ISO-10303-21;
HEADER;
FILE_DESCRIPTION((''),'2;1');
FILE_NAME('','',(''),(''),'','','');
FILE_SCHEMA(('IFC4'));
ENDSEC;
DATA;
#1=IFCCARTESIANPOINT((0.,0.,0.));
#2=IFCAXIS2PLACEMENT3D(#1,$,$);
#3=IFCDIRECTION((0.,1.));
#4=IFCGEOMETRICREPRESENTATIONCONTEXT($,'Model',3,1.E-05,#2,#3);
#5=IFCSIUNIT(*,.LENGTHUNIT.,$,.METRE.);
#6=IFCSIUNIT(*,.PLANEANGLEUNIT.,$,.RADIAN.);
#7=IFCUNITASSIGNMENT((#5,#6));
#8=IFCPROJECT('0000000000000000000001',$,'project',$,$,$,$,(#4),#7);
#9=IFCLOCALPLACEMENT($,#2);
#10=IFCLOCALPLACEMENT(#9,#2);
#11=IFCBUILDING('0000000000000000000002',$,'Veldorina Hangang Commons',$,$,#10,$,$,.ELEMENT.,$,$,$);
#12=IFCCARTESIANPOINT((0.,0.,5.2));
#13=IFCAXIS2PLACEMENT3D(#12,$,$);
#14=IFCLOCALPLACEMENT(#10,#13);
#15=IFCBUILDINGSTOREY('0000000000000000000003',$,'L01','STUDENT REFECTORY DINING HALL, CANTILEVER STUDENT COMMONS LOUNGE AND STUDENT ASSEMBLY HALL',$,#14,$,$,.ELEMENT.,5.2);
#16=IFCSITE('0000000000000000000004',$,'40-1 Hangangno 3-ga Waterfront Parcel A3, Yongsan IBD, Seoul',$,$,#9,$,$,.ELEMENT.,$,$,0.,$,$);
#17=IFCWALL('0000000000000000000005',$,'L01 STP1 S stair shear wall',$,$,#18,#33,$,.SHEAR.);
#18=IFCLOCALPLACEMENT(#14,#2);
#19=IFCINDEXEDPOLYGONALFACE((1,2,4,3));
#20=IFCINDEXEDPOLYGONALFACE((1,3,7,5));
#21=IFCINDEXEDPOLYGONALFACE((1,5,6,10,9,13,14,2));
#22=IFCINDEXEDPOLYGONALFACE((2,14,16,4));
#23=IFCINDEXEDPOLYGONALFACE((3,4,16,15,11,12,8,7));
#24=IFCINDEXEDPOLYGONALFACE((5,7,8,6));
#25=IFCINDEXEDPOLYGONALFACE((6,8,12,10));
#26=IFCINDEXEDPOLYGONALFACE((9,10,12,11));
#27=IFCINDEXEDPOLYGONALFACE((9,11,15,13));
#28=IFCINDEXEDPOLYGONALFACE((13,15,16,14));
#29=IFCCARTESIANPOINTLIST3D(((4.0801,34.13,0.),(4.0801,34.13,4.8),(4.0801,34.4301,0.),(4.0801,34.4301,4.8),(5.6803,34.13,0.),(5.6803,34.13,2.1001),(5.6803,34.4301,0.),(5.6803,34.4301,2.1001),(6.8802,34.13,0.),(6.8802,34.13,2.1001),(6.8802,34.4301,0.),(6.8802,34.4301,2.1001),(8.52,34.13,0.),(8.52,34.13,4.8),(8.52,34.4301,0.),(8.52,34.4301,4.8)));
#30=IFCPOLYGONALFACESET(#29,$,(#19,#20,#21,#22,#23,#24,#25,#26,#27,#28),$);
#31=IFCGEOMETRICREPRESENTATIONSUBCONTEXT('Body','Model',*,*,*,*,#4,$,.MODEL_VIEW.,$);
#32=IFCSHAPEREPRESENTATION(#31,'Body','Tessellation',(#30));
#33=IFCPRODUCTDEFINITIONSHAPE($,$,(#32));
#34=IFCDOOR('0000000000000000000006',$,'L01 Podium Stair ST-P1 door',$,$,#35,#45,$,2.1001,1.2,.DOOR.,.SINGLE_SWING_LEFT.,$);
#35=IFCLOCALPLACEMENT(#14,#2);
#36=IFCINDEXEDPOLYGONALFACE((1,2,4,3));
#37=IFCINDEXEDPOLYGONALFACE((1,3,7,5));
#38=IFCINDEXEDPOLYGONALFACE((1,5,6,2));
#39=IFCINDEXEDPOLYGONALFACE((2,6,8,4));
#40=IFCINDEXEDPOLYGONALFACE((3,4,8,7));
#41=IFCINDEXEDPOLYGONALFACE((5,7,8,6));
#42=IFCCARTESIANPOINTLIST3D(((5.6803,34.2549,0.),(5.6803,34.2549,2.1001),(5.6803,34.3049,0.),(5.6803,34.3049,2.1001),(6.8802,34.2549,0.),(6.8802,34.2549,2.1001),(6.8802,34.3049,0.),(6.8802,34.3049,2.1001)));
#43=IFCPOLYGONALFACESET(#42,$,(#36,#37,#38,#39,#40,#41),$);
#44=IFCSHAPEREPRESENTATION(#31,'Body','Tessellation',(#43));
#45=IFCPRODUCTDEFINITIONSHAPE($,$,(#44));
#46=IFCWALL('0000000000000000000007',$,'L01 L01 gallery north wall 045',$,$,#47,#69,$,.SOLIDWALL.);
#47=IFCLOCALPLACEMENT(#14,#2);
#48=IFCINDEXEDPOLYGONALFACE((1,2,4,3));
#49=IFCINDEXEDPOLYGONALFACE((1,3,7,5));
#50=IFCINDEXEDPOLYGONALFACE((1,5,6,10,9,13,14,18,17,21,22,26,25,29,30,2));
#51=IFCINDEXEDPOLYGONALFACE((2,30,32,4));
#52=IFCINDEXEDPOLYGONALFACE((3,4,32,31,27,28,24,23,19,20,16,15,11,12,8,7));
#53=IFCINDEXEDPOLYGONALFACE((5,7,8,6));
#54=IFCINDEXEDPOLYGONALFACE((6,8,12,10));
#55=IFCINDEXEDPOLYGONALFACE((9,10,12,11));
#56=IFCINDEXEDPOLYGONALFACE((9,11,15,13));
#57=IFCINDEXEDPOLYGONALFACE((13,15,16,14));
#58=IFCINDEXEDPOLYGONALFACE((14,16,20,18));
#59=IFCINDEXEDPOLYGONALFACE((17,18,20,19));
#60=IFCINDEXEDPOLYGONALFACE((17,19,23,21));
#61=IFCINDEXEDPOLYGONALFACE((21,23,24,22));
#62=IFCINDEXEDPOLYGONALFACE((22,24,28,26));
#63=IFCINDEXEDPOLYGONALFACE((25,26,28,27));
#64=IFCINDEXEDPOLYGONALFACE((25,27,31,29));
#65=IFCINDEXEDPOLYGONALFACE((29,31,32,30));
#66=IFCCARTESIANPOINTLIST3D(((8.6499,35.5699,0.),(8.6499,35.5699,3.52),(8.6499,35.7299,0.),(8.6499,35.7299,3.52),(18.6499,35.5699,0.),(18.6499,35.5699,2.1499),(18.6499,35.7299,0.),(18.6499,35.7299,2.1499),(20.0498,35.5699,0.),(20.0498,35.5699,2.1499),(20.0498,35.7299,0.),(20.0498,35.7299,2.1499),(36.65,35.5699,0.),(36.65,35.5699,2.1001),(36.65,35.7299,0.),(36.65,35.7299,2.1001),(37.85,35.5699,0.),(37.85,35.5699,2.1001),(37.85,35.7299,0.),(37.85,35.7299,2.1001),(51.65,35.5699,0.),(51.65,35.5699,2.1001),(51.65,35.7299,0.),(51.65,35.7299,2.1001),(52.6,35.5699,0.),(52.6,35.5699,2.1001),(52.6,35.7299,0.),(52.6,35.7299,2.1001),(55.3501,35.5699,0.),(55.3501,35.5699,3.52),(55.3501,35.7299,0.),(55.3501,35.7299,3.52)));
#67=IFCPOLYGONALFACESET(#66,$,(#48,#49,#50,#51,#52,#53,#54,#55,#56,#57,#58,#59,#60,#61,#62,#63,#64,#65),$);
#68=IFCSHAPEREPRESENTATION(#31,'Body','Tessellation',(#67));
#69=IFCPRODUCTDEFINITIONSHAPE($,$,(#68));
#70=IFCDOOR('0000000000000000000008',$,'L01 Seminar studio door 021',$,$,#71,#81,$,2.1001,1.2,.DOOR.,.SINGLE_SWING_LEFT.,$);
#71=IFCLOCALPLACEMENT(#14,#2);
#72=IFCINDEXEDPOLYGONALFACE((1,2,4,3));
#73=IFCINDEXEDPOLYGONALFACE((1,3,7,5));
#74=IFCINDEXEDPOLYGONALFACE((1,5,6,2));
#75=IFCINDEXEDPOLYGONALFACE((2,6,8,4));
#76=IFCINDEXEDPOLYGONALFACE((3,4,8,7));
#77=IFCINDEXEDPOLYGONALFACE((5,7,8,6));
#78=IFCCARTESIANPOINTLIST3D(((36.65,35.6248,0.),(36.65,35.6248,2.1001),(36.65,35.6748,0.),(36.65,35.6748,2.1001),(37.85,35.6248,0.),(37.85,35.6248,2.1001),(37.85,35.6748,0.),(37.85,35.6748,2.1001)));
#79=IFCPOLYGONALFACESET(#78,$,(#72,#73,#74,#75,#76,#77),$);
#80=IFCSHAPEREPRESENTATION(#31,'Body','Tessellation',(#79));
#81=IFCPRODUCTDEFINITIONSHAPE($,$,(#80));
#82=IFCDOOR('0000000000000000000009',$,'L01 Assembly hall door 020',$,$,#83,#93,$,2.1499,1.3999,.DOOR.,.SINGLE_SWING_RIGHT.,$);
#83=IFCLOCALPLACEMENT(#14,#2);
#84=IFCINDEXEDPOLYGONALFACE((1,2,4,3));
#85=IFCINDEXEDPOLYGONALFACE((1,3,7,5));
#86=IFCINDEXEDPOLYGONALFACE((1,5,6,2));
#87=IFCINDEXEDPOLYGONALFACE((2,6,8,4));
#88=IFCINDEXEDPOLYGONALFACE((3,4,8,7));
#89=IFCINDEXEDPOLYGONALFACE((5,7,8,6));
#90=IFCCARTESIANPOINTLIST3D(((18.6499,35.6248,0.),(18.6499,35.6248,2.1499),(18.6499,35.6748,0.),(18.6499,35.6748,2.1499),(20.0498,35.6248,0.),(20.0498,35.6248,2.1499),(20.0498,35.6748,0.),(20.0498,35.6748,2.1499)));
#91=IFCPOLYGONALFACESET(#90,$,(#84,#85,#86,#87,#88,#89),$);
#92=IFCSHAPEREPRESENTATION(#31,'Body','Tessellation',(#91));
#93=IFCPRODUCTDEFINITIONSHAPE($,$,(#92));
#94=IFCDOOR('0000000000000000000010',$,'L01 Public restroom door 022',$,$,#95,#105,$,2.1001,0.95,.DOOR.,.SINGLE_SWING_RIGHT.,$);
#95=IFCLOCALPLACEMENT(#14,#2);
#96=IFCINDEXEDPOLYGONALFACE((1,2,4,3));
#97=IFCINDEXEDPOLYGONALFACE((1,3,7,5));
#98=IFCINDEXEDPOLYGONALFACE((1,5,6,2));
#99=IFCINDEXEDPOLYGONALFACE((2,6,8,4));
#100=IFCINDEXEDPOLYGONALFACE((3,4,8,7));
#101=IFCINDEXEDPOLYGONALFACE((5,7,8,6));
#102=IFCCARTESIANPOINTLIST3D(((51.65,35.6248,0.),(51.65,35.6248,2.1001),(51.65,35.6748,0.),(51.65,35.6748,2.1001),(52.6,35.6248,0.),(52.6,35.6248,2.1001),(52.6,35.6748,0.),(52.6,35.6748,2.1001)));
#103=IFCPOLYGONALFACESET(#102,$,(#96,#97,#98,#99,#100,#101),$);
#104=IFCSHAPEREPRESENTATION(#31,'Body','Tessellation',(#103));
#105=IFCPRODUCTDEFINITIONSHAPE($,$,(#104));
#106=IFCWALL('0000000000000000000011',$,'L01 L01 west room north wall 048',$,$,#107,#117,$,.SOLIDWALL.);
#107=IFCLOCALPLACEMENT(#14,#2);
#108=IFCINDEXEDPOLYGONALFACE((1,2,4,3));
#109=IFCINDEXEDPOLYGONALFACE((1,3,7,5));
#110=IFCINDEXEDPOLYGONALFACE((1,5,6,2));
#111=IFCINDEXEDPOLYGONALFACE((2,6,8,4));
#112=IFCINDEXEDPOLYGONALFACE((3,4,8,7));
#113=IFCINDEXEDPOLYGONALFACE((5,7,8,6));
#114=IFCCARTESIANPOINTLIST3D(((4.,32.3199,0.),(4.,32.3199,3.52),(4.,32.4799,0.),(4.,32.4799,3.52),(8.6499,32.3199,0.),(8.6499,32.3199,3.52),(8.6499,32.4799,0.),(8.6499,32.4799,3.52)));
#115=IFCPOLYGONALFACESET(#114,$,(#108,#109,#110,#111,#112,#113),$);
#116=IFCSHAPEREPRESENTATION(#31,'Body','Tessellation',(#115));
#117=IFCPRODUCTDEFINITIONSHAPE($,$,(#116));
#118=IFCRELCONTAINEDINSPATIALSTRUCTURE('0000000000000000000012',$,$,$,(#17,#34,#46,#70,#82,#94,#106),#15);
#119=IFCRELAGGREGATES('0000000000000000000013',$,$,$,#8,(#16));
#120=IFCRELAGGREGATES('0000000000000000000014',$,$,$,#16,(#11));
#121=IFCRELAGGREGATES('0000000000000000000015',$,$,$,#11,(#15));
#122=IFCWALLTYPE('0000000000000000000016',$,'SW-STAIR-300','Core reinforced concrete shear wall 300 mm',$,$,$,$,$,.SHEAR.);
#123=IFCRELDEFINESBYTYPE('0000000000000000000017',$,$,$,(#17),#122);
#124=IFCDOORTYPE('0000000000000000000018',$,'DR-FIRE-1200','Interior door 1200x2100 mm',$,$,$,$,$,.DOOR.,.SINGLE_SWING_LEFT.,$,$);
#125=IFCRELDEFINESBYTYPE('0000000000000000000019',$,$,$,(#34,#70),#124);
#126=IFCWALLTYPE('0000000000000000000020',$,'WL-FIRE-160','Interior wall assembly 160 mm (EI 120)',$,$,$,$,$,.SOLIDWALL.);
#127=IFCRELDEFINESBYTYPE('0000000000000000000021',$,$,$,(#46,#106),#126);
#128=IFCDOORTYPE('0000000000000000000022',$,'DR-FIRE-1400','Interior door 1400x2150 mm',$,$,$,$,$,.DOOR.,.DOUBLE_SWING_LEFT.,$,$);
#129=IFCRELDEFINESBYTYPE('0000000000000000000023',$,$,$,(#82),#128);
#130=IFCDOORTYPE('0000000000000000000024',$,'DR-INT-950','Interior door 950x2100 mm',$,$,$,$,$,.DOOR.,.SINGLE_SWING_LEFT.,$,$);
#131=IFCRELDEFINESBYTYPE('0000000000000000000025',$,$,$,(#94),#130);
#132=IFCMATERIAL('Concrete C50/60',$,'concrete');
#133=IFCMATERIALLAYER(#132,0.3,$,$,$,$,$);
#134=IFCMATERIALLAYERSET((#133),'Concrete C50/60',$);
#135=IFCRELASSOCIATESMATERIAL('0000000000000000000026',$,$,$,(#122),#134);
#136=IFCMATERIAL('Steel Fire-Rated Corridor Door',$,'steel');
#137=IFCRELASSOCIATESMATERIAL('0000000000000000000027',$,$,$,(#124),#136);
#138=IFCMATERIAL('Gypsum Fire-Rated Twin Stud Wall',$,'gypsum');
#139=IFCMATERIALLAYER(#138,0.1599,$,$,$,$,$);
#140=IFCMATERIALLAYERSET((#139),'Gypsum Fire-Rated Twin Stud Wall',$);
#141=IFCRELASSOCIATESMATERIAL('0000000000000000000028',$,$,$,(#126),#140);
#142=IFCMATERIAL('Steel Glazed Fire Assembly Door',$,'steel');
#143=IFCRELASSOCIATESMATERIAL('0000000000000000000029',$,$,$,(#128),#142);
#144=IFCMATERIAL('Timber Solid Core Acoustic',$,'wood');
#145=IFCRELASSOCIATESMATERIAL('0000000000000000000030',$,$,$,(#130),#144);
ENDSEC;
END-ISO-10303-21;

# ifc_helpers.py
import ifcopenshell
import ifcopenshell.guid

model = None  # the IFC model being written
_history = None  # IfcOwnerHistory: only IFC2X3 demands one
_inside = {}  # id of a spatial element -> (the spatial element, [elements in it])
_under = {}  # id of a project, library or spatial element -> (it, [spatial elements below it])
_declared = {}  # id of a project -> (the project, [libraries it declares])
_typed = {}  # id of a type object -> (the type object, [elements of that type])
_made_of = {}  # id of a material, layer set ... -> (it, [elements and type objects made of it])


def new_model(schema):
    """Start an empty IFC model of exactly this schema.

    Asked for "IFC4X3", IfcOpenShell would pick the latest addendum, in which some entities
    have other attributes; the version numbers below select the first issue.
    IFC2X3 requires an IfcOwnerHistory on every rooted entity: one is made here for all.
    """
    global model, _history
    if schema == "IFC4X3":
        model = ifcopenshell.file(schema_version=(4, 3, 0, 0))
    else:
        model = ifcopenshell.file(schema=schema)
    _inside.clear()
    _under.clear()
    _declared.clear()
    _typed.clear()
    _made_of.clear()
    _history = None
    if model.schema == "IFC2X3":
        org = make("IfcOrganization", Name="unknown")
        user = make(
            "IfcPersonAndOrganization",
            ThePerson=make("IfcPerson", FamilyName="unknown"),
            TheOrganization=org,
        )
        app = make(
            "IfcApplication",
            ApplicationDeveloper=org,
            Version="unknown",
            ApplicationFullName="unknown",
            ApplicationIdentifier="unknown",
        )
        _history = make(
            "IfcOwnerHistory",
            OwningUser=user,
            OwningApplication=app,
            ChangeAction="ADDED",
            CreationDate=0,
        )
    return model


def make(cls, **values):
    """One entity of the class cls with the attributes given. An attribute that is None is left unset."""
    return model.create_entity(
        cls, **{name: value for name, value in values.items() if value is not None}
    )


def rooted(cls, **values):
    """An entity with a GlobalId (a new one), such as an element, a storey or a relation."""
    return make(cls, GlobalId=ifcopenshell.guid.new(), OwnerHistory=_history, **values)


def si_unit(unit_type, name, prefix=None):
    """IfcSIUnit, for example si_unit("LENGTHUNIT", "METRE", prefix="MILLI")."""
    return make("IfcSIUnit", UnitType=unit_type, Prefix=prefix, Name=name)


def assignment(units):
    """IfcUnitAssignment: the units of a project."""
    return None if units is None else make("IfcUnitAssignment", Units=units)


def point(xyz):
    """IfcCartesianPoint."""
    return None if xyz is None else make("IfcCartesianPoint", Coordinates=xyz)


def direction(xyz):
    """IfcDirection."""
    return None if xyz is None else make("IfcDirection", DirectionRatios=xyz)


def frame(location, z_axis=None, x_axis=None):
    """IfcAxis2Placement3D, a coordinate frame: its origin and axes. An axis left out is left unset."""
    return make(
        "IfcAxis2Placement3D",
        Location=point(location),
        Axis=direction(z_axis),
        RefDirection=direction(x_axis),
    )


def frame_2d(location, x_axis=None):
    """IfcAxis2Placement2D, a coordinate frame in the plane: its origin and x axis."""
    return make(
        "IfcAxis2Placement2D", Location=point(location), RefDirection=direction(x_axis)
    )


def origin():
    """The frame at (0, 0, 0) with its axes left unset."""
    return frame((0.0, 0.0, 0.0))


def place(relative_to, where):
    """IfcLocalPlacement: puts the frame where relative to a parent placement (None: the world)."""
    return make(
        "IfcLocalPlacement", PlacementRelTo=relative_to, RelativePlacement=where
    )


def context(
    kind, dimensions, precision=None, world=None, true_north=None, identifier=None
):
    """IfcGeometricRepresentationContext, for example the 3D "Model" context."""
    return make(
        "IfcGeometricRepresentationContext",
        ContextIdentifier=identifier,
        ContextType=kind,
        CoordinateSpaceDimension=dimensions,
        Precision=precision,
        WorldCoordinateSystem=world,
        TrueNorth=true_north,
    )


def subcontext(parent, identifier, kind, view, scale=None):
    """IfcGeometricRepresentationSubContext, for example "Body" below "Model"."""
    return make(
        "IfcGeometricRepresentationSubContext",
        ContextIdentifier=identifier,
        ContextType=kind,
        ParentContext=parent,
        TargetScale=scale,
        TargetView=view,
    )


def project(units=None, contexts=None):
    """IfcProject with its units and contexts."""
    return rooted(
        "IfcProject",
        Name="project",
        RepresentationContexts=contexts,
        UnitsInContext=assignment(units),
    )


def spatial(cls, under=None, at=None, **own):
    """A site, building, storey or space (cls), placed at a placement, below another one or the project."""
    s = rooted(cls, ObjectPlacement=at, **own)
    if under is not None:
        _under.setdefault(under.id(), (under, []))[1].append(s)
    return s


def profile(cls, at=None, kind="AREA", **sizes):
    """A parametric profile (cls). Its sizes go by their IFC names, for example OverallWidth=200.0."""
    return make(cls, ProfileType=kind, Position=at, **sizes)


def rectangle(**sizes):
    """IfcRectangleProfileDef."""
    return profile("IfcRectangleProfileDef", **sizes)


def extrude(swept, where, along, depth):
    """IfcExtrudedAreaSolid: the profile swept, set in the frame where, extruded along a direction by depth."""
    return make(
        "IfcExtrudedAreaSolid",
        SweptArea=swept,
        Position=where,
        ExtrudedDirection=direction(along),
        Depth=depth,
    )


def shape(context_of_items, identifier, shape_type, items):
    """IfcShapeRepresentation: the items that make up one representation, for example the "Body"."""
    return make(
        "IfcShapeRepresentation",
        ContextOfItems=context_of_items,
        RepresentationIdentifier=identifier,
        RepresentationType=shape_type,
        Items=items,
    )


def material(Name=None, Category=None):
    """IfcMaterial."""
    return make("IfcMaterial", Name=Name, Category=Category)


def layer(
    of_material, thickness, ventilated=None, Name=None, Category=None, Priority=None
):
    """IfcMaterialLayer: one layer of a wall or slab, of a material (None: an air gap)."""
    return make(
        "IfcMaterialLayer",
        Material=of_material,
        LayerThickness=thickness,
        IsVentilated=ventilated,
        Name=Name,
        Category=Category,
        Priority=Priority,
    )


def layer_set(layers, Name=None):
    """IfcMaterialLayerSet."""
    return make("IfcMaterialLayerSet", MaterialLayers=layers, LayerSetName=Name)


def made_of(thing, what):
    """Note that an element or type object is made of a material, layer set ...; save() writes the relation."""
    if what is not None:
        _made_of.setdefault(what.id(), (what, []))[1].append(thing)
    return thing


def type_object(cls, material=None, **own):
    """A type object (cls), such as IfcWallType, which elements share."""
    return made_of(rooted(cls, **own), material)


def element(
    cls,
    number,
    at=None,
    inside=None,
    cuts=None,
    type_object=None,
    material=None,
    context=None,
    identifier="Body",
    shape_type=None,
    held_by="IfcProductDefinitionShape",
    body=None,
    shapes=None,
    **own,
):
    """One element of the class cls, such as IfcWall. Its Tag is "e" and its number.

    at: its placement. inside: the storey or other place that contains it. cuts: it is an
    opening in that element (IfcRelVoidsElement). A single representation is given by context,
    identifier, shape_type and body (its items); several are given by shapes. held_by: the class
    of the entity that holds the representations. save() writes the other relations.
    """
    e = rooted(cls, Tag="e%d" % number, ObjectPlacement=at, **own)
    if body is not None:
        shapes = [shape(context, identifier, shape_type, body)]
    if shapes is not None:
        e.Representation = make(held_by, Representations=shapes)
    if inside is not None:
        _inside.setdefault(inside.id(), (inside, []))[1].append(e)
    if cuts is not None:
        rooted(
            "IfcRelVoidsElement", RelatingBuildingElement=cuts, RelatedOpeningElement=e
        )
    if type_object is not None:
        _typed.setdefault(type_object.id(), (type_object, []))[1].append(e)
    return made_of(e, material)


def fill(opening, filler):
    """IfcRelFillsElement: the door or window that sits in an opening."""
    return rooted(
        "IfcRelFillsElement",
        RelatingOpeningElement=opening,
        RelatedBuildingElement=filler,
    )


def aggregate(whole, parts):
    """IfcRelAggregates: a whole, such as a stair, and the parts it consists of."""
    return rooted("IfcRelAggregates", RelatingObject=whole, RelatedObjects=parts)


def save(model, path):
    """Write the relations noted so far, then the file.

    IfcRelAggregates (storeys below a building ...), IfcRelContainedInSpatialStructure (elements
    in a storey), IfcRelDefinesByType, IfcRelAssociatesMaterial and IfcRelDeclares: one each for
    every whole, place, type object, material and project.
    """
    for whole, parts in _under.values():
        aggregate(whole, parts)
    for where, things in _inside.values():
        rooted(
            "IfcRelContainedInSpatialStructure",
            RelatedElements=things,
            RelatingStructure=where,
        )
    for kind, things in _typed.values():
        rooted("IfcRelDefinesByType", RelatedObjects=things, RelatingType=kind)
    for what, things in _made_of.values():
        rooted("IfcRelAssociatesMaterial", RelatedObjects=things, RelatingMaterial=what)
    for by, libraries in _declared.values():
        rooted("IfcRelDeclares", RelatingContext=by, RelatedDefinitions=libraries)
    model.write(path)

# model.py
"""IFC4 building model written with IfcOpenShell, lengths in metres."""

from ifc_helpers import new_model, si_unit, direction, frame, frame_2d, origin, place, context, subcontext, project, spatial, rectangle, extrude, material, layer, layer_set, type_object, element, fill, save


model = new_model("IFC4")

# Units and contexts
model_context = context("Model", 3, precision=1e-05, world=origin(), true_north=direction((0.0, 1.0)))
body_context = subcontext(model_context, "Body", "Model", "MODEL_VIEW")
ifc_project = project(units=[si_unit("LENGTHUNIT", "METRE"), si_unit("PLANEANGLEUNIT", "RADIAN")], contexts=[model_context])

# Site, building, storey
site_placement = place(None, origin())
site = spatial("IfcSite", under=ifc_project, at=site_placement, Name="40-1 Hangangno 3-ga Waterfront Parcel A3, Yongsan IBD, Seoul", CompositionType="ELEMENT", RefElevation=0.0)
building_placement = place(site_placement, origin())
building = spatial("IfcBuilding", under=site, at=building_placement, Name="Veldorina Hangang Commons", CompositionType="ELEMENT")
storey_placement = place(building_placement, frame((0.0, 0.0, 5.2)))
storey = spatial("IfcBuildingStorey", under=building, at=storey_placement, Name="L01", Description="STUDENT REFECTORY DINING HALL, CANTILEVER STUDENT COMMONS LOUNGE AND STUDENT ASSEMBLY HALL", CompositionType="ELEMENT", Elevation=5.2)

# Shared definitions
ifc_material_1 = material(Name="Concrete C50/60", Category="concrete")
ifc_layer_1 = layer(ifc_material_1, 0.3)
ifc_layer_set_1 = layer_set([ifc_layer_1], Name="Concrete C50/60")
wall_type_1 = type_object("IfcWallType", Name="SW-STAIR-300", Description="Core reinforced concrete shear wall 300 mm", PredefinedType="SHEAR", material=ifc_layer_set_1)

# Wall, opening, door
wall_1_placement = place(storey_placement, frame((4.0801, 34.28, 0.0), z_axis=(0.0, 0.0, 1.0), x_axis=(1.0, 0.0, 0.0)))
wall_1 = element("IfcWall", 1, at=wall_1_placement, inside=storey, type_object=wall_type_1, Name="L01 STP1 S stair shear wall", PredefinedType="SHEAR", context=body_context, shape_type="SweptSolid", body=[
    extrude(rectangle(XDim=4.4399, YDim=0.3, at=frame_2d((2.22, 0.0))), origin(), (0.0, 0.0, 1.0), 4.8),
])
opening_1_placement = place(wall_1_placement, frame((1.6001, 0.0, 0.0)))
opening_1 = element("IfcOpeningElement", 2, at=opening_1_placement, cuts=wall_1, PredefinedType="OPENING", context=body_context, shape_type="SweptSolid", body=[
    extrude(rectangle(XDim=1.2, YDim=2.1001, at=frame_2d((0.6001, 1.05))), frame((0.0, 0.1602, 0.0), z_axis=(0.0, -1.0, 0.0), x_axis=(1.0, 0.0, 0.0)), (0.0, 0.0, 1.0), 0.3201),
])
ifc_material_2 = material(Name="Steel Fire-Rated Corridor Door", Category="steel")
door_type_1 = type_object("IfcDoorType", Name="DR-FIRE-1200", Description="Interior door 1200x2100 mm", OperationType="SINGLE_SWING_LEFT", PredefinedType="DOOR", material=ifc_material_2)
door_1_placement = place(opening_1_placement, origin())
door_1 = element("IfcDoor", 3, at=door_1_placement, inside=storey, type_object=door_type_1, Name="L01 Podium Stair ST-P1 door", OperationType="SINGLE_SWING_LEFT", OverallHeight=2.1001, OverallWidth=1.2, PredefinedType="DOOR", context=body_context, shape_type="SweptSolid", body=[
    extrude(rectangle(XDim=1.2, YDim=2.1001, at=frame_2d((0.6001, 1.05))), frame((0.0, 0.0249, 0.0), z_axis=(0.0, -1.0, 0.0), x_axis=(1.0, 0.0, 0.0)), (0.0, 0.0, 1.0), 0.05),
])
fill(opening_1, door_1)

# Wall, openings, doors
ifc_material_3 = material(Name="Gypsum Fire-Rated Twin Stud Wall", Category="gypsum")
ifc_layer_2 = layer(ifc_material_3, 0.1599)
ifc_layer_set_2 = layer_set([ifc_layer_2], Name="Gypsum Fire-Rated Twin Stud Wall")
wall_type_2 = type_object("IfcWallType", Name="WL-FIRE-160", Description="Interior wall assembly 160 mm (EI 120)", PredefinedType="SOLIDWALL", material=ifc_layer_set_2)
wall_2_placement = place(storey_placement, frame((8.6499, 35.6499, 0.0), z_axis=(0.0, 0.0, 1.0), x_axis=(1.0, 0.0, 0.0)))
wall_2 = element("IfcWall", 4, at=wall_2_placement, inside=storey, type_object=wall_type_2, Name="L01 L01 gallery north wall 045", PredefinedType="SOLIDWALL", context=body_context, shape_type="SweptSolid", body=[
    extrude(rectangle(XDim=46.7002, YDim=0.1599, at=frame_2d((23.3501, 0.0))), origin(), (0.0, 0.0, 1.0), 3.52),
])
opening_2_placement = place(wall_2_placement, frame((10.0, 0.0, 0.0)))
opening_2 = element("IfcOpeningElement", 5, at=opening_2_placement, cuts=wall_2, PredefinedType="OPENING", context=body_context, shape_type="SweptSolid", body=[
    extrude(rectangle(XDim=1.3999, YDim=2.1499, at=frame_2d((0.7, 1.075))), frame((0.0, 0.0898, 0.0), z_axis=(0.0, -1.0, 0.0), x_axis=(1.0, 0.0, 0.0)), (0.0, 0.0, 1.0), 0.1799),
])
opening_3_placement = place(wall_2_placement, frame((28.0, 0.0, 0.0)))
opening_3 = element("IfcOpeningElement", 6, at=opening_3_placement, cuts=wall_2, PredefinedType="OPENING", context=body_context, shape_type="SweptSolid", body=[
    extrude(rectangle(XDim=1.2, YDim=2.1001, at=frame_2d((0.6001, 1.05))), frame((0.0, 0.0898, 0.0), z_axis=(0.0, -1.0, 0.0), x_axis=(1.0, 0.0, 0.0)), (0.0, 0.0, 1.0), 0.1799),
])
opening_4_placement = place(wall_2_placement, frame((43.0, 0.0, 0.0)))
opening_4 = element("IfcOpeningElement", 7, at=opening_4_placement, cuts=wall_2, PredefinedType="OPENING", context=body_context, shape_type="SweptSolid", body=[
    extrude(rectangle(XDim=0.95, YDim=2.1001, at=frame_2d((0.4751, 1.05))), frame((0.0, 0.0898, 0.0), z_axis=(0.0, -1.0, 0.0), x_axis=(1.0, 0.0, 0.0)), (0.0, 0.0, 1.0), 0.1799),
])
door_2_placement = place(opening_3_placement, origin())
door_2 = element("IfcDoor", 8, at=door_2_placement, inside=storey, type_object=door_type_1, Name="L01 Seminar studio door 021", OperationType="SINGLE_SWING_LEFT", OverallHeight=2.1001, OverallWidth=1.2, PredefinedType="DOOR", context=body_context, shape_type="SweptSolid", body=[
    extrude(rectangle(XDim=1.2, YDim=2.1001, at=frame_2d((0.6001, 1.05))), frame((0.0, 0.0249, 0.0), z_axis=(0.0, -1.0, 0.0), x_axis=(1.0, 0.0, 0.0)), (0.0, 0.0, 1.0), 0.05),
])
fill(opening_3, door_2)
ifc_material_4 = material(Name="Steel Glazed Fire Assembly Door", Category="steel")
door_type_2 = type_object("IfcDoorType", Name="DR-FIRE-1400", Description="Interior door 1400x2150 mm", OperationType="DOUBLE_SWING_LEFT", PredefinedType="DOOR", material=ifc_material_4)
door_3_placement = place(opening_2_placement, origin())
door_3 = element("IfcDoor", 9, at=door_3_placement, inside=storey, type_object=door_type_2, Name="L01 Assembly hall door 020", OperationType="SINGLE_SWING_RIGHT", OverallHeight=2.1499, OverallWidth=1.3999, PredefinedType="DOOR", context=body_context, shape_type="SweptSolid", body=[
    extrude(rectangle(XDim=1.3999, YDim=2.1499, at=frame_2d((0.7, 1.075))), frame((0.0, 0.0249, 0.0), z_axis=(0.0, -1.0, 0.0), x_axis=(1.0, 0.0, 0.0)), (0.0, 0.0, 1.0), 0.05),
])
fill(opening_2, door_3)
ifc_material_5 = material(Name="Timber Solid Core Acoustic", Category="wood")
door_type_3 = type_object("IfcDoorType", Name="DR-INT-950", Description="Interior door 950x2100 mm", OperationType="SINGLE_SWING_LEFT", PredefinedType="DOOR", material=ifc_material_5)
door_4_placement = place(opening_4_placement, origin())
door_4 = element("IfcDoor", 10, at=door_4_placement, inside=storey, type_object=door_type_3, Name="L01 Public restroom door 022", OperationType="SINGLE_SWING_RIGHT", OverallHeight=2.1001, OverallWidth=0.95, PredefinedType="DOOR", context=body_context, shape_type="SweptSolid", body=[
    extrude(rectangle(XDim=0.95, YDim=2.1001, at=frame_2d((0.4751, 1.05))), frame((0.0, 0.0249, 0.0), z_axis=(0.0, -1.0, 0.0), x_axis=(1.0, 0.0, 0.0)), (0.0, 0.0, 1.0), 0.05),
])
fill(opening_4, door_4)

# Wall
wall_3_placement = place(storey_placement, frame((4.0, 32.3999, 0.0), z_axis=(0.0, 0.0, 1.0), x_axis=(1.0, 0.0, 0.0)))
element("IfcWall", 11, at=wall_3_placement, inside=storey, type_object=wall_type_2, Name="L01 L01 west room north wall 048", PredefinedType="SOLIDWALL", context=body_context, shape_type="SweptSolid", body=[
    extrude(rectangle(XDim=4.6499, YDim=0.1599, at=frame_2d((2.325, 0.0))), origin(), (0.0, 0.0, 1.0), 3.52),
])

save(model, "model.ifc")
